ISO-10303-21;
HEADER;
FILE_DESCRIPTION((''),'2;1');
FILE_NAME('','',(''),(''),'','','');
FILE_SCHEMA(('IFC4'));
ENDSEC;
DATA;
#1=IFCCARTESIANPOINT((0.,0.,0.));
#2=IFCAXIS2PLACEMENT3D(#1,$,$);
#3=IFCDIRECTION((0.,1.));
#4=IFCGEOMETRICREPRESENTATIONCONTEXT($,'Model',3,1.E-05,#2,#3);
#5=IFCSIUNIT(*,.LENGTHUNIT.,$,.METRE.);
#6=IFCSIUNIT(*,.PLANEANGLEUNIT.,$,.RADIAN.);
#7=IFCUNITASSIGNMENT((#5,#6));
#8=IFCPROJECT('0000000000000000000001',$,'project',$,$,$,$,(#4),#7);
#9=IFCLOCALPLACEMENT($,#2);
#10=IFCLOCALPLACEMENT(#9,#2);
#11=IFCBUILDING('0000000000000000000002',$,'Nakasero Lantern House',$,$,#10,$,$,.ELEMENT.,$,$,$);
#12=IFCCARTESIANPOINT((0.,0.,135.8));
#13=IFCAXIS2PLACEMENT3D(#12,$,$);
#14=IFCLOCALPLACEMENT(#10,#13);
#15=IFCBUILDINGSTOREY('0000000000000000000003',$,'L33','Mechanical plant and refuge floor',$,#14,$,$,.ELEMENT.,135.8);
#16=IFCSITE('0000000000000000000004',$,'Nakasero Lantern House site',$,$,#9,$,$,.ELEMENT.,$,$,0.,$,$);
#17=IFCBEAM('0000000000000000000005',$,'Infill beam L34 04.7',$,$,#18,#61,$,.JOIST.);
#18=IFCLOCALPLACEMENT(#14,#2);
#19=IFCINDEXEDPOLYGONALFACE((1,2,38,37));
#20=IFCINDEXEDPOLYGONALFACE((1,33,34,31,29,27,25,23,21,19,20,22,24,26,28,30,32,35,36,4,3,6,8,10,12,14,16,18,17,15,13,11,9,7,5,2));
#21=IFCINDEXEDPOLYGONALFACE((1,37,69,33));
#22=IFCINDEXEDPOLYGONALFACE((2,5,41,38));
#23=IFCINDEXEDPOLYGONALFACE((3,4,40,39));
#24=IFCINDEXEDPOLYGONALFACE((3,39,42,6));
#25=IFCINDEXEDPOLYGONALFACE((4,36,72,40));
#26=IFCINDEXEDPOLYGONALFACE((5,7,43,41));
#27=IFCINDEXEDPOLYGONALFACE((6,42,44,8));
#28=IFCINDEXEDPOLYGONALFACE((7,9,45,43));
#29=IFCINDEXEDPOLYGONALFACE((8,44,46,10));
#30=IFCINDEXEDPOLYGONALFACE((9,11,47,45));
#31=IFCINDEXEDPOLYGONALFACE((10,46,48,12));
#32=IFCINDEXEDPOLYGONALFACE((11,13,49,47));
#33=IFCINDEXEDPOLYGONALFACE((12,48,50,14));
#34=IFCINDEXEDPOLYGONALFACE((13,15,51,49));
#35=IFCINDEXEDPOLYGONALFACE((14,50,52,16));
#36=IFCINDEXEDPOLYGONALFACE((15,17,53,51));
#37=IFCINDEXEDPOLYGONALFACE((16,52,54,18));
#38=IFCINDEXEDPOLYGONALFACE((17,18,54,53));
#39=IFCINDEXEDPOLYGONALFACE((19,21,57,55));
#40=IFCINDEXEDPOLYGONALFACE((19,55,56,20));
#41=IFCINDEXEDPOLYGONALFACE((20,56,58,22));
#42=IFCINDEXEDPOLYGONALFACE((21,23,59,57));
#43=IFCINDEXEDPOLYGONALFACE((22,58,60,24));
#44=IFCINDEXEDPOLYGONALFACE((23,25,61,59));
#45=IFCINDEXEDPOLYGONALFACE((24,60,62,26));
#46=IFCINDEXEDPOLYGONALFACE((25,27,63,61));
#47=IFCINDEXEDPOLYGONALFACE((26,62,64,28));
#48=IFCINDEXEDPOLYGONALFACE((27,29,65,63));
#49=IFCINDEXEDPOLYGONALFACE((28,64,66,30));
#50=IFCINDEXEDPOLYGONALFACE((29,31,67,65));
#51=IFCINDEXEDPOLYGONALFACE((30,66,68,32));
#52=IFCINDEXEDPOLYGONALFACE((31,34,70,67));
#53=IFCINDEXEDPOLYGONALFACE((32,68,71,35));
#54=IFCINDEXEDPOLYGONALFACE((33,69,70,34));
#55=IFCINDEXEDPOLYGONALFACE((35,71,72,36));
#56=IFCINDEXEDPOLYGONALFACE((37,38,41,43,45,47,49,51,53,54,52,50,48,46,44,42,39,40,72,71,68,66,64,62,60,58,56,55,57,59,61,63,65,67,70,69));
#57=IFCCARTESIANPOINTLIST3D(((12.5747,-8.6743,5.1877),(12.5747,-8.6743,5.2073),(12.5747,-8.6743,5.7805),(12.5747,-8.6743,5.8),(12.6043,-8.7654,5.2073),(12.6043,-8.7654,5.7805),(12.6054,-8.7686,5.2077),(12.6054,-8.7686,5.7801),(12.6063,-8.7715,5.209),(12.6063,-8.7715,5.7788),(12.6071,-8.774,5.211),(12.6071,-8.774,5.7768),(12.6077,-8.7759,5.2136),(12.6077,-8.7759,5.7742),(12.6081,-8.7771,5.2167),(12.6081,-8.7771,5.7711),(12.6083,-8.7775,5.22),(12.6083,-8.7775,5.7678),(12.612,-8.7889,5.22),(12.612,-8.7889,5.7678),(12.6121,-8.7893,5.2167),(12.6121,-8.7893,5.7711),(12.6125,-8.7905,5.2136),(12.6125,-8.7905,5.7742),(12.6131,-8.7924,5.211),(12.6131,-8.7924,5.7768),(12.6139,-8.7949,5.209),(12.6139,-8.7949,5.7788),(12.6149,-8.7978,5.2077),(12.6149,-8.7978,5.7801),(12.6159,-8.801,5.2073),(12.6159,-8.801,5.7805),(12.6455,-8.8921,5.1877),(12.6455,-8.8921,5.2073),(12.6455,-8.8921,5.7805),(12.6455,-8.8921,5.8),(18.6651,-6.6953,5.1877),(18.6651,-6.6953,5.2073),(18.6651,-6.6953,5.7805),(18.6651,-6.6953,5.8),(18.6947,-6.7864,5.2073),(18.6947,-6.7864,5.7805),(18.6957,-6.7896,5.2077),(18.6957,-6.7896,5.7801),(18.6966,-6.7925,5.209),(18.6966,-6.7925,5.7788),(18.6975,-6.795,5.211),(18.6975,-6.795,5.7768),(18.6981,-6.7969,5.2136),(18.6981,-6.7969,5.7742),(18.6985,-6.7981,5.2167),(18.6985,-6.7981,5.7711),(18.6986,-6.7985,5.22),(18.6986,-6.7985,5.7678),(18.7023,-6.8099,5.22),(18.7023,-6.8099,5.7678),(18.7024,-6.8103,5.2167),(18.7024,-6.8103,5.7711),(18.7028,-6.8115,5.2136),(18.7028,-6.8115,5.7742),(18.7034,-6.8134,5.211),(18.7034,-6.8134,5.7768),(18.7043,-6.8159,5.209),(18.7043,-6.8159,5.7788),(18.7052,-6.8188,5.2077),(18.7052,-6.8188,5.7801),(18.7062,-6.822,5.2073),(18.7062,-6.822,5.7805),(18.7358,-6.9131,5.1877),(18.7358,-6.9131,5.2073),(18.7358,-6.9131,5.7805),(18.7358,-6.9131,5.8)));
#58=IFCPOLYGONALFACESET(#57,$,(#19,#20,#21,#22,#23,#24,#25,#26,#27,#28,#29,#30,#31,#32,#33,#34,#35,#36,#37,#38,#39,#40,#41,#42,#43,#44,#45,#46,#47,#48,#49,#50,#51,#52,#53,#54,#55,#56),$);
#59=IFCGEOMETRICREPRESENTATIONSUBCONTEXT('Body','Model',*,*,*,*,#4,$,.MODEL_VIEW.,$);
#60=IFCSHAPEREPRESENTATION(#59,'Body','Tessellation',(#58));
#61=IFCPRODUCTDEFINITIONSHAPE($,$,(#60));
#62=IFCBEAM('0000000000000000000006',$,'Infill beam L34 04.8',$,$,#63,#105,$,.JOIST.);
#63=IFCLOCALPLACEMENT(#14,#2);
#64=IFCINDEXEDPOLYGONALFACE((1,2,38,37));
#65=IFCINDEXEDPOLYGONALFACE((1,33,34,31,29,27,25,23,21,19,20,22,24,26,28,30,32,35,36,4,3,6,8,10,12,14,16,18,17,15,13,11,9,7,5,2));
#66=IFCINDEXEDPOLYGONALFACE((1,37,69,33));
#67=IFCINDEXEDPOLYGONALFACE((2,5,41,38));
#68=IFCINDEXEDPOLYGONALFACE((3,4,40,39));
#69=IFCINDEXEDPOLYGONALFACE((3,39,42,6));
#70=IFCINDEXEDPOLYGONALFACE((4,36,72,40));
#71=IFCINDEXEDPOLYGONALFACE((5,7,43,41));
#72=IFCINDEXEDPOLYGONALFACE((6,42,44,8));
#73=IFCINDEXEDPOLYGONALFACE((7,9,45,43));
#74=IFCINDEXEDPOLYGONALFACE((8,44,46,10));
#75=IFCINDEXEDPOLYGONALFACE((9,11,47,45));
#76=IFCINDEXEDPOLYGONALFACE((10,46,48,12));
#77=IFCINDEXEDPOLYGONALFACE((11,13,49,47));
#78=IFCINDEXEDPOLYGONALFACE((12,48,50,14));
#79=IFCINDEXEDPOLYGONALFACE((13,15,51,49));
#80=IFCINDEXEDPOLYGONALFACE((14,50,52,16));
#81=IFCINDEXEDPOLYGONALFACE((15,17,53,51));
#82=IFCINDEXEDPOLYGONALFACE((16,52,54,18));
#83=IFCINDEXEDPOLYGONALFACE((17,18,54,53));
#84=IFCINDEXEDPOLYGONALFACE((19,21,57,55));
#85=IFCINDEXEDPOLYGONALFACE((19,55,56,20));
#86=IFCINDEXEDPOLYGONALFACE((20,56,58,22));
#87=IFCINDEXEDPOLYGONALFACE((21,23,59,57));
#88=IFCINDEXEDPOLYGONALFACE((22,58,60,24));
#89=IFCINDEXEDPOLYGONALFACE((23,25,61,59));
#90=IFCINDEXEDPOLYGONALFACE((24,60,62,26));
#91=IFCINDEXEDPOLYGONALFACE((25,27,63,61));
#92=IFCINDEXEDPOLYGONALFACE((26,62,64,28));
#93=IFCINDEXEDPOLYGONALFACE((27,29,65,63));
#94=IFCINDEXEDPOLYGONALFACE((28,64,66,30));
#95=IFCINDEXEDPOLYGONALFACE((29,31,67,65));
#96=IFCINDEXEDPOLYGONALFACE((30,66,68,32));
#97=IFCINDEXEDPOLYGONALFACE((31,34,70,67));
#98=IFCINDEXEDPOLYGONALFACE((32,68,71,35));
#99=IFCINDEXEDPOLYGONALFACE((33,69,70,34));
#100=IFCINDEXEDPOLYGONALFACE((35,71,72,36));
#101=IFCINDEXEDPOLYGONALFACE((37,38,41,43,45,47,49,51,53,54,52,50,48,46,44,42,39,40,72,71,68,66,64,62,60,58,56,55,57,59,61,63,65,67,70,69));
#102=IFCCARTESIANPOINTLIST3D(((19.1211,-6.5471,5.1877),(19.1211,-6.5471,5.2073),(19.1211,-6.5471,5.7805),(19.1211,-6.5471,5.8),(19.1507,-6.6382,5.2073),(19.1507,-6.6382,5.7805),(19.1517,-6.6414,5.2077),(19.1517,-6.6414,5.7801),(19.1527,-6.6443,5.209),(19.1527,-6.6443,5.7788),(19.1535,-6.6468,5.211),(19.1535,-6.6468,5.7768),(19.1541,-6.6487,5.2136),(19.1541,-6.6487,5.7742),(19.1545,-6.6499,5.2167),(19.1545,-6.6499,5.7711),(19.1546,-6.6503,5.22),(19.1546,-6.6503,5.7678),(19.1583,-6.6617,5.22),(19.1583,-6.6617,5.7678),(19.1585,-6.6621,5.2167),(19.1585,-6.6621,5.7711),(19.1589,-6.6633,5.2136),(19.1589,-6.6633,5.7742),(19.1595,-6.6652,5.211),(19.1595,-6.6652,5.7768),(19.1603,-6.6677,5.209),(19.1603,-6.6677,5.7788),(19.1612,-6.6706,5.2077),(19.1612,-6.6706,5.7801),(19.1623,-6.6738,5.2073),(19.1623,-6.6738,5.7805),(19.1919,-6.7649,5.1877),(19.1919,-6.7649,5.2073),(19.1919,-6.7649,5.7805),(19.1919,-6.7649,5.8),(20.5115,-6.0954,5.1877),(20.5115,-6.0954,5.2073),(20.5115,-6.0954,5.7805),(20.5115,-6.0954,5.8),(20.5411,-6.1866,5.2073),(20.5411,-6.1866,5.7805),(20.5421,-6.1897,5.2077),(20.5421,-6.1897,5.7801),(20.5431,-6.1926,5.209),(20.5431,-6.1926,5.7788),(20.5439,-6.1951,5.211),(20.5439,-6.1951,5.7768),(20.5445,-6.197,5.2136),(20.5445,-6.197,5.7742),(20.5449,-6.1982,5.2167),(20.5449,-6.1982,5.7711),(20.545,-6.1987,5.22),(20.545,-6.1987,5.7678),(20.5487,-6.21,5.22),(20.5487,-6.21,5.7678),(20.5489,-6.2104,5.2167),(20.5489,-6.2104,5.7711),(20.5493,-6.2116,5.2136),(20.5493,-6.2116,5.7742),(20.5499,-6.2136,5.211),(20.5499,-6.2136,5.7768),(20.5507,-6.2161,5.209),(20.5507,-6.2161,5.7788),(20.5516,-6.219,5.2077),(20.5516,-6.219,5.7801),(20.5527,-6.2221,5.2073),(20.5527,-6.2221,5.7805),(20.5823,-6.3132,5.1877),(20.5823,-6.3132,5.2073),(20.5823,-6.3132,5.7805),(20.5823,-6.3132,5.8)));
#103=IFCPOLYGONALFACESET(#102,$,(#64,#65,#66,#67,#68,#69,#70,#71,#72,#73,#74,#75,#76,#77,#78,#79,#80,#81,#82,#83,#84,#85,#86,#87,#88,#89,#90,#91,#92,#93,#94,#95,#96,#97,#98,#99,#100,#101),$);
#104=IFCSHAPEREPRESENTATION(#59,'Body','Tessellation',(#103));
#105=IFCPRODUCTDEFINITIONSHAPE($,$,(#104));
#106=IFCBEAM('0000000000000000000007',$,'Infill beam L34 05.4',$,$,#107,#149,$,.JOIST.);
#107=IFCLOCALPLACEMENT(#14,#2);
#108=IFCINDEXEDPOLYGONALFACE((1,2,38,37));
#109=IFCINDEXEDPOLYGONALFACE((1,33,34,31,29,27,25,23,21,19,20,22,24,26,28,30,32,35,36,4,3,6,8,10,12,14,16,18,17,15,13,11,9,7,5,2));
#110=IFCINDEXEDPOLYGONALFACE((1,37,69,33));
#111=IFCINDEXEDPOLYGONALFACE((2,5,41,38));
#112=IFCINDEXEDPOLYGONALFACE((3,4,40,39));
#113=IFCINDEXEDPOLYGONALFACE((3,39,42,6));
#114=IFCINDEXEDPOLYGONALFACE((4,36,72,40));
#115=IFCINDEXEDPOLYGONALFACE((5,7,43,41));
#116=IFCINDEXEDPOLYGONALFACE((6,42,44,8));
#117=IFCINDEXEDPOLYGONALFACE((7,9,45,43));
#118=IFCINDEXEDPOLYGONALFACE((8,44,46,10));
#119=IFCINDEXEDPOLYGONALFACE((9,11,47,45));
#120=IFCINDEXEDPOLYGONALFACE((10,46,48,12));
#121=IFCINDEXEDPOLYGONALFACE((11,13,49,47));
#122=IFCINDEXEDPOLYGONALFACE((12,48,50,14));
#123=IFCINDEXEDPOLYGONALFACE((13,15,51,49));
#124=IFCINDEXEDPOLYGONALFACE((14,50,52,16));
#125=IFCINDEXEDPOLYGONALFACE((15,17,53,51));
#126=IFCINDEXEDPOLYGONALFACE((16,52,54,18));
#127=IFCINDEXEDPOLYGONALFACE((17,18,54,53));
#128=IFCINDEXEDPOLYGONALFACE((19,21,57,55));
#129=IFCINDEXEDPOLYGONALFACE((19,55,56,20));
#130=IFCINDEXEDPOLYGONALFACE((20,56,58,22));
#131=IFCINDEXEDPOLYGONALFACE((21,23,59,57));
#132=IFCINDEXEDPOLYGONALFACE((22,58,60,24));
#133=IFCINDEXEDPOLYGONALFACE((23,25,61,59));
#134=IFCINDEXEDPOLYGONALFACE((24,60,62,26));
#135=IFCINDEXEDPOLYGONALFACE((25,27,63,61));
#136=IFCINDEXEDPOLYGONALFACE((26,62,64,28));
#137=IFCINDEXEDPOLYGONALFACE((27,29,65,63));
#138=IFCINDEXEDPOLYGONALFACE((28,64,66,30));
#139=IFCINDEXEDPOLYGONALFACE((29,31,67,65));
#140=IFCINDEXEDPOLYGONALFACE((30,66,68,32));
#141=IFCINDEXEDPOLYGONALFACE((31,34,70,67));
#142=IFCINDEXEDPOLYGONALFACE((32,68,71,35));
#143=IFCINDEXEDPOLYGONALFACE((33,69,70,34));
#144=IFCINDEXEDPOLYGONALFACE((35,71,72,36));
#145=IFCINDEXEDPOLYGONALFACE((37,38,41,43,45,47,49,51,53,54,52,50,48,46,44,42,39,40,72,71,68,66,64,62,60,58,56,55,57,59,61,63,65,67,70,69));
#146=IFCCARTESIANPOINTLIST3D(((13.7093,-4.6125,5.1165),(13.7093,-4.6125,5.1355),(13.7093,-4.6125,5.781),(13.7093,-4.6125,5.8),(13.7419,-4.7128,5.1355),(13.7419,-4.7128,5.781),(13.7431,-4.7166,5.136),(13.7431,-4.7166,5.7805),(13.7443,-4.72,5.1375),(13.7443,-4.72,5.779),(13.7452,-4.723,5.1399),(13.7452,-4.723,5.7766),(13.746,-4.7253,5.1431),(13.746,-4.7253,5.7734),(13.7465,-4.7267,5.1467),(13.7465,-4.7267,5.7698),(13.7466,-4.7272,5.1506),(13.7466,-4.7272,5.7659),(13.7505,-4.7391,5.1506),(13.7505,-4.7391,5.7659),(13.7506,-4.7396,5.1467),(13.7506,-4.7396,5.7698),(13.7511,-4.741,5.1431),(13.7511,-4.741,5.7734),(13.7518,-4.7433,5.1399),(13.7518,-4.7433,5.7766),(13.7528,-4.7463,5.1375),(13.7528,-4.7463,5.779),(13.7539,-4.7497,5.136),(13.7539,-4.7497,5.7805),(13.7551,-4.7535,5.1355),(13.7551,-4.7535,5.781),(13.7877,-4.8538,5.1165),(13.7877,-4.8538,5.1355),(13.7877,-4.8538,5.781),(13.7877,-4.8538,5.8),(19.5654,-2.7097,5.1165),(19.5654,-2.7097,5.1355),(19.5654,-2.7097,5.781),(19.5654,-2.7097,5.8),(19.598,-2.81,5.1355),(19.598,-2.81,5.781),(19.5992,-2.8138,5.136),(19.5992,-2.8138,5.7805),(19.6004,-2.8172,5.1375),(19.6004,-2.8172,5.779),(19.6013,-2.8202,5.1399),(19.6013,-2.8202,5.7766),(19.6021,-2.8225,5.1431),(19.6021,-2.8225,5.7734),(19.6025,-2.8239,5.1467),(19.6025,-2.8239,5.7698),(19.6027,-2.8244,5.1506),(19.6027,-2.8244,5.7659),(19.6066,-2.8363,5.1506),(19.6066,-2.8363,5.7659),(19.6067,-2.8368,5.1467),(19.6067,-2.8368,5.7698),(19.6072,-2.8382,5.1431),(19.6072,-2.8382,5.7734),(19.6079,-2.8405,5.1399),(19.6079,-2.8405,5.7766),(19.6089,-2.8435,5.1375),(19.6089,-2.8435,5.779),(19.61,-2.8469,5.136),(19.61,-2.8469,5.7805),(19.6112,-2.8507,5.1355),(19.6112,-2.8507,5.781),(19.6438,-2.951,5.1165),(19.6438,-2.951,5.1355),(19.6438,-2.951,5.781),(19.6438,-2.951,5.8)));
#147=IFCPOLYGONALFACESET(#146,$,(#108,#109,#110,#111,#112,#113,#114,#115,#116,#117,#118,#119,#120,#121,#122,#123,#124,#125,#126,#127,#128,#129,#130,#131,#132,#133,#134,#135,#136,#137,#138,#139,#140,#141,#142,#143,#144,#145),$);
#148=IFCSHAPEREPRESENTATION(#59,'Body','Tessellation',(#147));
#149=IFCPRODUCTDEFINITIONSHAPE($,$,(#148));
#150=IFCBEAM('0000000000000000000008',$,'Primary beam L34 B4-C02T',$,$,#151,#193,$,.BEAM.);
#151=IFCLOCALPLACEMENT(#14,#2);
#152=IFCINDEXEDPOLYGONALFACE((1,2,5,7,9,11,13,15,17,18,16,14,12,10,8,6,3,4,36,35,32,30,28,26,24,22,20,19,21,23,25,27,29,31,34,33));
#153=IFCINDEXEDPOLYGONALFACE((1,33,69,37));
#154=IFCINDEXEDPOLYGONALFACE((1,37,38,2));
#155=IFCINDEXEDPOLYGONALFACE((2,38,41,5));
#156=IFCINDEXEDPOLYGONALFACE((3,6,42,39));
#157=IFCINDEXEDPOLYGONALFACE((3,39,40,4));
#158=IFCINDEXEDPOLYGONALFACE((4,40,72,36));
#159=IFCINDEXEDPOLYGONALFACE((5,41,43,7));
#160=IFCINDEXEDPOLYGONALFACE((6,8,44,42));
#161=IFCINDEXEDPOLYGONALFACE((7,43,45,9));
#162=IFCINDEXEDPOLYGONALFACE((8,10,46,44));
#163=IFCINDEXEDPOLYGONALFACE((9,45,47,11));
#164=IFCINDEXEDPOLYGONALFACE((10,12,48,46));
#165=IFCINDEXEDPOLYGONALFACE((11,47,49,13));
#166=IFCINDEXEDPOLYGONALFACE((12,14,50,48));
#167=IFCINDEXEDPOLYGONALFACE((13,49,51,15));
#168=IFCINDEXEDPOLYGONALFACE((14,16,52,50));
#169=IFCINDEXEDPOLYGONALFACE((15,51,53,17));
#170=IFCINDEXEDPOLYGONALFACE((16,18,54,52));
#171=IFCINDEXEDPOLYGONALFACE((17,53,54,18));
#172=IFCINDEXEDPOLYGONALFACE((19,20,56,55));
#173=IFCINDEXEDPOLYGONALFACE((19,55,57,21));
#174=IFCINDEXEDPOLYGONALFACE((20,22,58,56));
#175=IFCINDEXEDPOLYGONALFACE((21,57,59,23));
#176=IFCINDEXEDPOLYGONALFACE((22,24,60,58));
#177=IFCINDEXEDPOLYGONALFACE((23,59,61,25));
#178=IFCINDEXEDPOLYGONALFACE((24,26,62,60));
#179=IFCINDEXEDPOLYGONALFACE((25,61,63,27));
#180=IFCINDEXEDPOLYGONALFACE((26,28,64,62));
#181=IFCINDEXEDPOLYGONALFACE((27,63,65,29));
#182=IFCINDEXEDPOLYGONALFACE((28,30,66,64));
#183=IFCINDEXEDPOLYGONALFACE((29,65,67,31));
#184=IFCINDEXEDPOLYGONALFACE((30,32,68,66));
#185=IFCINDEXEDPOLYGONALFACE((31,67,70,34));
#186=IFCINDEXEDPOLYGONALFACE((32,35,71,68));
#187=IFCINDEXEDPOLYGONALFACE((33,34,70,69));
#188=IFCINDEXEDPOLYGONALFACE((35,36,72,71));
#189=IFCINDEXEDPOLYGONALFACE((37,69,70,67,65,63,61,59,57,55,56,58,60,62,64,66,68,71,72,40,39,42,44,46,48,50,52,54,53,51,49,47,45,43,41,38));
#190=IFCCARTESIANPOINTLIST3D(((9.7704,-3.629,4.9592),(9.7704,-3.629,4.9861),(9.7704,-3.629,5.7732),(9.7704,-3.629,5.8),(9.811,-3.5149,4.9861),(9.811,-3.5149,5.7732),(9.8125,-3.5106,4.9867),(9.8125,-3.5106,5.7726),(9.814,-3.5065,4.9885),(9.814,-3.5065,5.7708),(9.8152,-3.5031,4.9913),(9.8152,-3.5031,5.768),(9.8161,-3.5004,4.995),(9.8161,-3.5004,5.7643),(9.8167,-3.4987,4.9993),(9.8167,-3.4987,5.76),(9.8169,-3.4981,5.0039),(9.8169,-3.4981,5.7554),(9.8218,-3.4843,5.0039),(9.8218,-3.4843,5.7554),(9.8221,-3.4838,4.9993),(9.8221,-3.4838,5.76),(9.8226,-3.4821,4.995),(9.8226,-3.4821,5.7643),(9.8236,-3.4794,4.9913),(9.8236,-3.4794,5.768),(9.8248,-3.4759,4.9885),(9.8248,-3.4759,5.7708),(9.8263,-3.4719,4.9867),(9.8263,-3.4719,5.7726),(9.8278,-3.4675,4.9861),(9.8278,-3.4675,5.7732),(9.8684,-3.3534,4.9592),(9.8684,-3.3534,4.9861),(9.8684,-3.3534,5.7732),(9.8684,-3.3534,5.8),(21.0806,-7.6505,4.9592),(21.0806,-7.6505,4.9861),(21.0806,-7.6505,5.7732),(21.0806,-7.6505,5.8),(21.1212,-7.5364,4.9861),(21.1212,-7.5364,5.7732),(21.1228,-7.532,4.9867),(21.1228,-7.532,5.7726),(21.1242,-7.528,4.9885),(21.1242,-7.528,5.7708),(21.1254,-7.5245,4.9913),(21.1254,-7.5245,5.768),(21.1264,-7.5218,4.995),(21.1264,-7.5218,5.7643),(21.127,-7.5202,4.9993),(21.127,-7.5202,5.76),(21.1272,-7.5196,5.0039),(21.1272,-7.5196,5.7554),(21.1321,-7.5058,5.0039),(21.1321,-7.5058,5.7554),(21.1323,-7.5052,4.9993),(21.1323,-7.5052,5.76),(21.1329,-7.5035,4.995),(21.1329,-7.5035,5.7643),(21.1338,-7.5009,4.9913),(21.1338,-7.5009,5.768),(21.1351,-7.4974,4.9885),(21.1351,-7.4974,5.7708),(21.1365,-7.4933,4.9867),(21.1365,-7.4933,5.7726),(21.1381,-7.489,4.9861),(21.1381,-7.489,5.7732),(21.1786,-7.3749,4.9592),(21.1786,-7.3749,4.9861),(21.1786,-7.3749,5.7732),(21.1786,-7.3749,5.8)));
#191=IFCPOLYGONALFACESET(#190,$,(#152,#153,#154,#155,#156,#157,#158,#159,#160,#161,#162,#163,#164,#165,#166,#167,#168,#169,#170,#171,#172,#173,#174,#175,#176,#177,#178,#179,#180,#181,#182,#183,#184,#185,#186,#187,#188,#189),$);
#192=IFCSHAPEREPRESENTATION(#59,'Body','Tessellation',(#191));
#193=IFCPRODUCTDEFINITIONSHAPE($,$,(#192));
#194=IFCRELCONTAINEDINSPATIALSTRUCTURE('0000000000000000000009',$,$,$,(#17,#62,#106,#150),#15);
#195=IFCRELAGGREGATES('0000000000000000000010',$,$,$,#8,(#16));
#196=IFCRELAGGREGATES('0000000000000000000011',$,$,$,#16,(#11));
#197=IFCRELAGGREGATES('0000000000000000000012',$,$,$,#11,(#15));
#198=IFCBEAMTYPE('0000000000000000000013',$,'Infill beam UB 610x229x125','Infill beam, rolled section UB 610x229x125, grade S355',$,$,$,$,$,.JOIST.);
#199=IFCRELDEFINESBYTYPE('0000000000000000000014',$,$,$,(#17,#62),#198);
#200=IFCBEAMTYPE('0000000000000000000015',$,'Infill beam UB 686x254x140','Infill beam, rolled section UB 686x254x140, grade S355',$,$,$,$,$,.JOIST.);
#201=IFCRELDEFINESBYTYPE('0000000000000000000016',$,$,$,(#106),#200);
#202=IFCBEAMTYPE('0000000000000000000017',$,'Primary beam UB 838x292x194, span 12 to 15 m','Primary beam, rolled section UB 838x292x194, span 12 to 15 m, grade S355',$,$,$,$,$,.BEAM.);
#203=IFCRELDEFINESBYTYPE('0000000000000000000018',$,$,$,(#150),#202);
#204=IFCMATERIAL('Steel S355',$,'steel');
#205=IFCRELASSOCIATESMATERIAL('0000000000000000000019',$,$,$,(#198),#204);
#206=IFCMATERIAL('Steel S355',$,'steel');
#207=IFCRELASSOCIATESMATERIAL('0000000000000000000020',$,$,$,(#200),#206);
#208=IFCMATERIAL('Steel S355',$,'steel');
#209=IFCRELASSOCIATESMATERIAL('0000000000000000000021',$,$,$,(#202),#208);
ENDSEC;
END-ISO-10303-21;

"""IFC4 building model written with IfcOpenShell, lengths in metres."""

from ifc_helpers import new_model, si_unit, direction, frame, origin, origin_2d, place, context, subcontext, project, spatial, i_section, extrude, material, material_profile, profile_set, type_object, element, save


model = new_model("IFC4")

# Units and contexts
model_context = context("Model", 3, precision=1e-05, world=origin(), true_north=direction((0.0, 1.0)))
body_context = subcontext(model_context, "Body", "Model", "MODEL_VIEW")
ifc_project = project(units=[si_unit("LENGTHUNIT", "METRE"), si_unit("PLANEANGLEUNIT", "RADIAN")], contexts=[model_context])

# Site, building, storey
site_placement = place(None, origin())
site = spatial("IfcSite", under=ifc_project, at=site_placement, Name="Nakasero Lantern House site", CompositionType="ELEMENT", RefElevation=0.0)
building_placement = place(site_placement, origin())
building = spatial("IfcBuilding", under=site, at=building_placement, Name="Nakasero Lantern House", CompositionType="ELEMENT")
storey_placement = place(building_placement, frame((0.0, 0.0, 135.8)))
storey = spatial("IfcBuildingStorey", under=building, at=storey_placement, Name="L33", Description="Mechanical plant and refuge floor", CompositionType="ELEMENT", Elevation=135.8)

# Beams
ifc_material_1 = material(Name="Steel S355", Category="steel")
ifc_material_profile_1 = material_profile(ifc_material_1, i_section(OverallWidth=0.229, OverallDepth=0.6123, WebThickness=0.012, FlangeThickness=0.0195, FilletRadius=0.0127, at=origin_2d()), Name="UB 610x229x125")
ifc_profile_set_1 = profile_set([ifc_material_profile_1], Name="Steel S355")
beam_type_1 = type_object("IfcBeamType", Name="Infill beam UB 610x229x125", Description="Infill beam, rolled section UB 610x229x125, grade S355", PredefinedType="JOIST", material=ifc_profile_set_1)
beam_1_placement = place(storey_placement, frame((12.6101, -8.7832, 5.4939), z_axis=(0.95105, 0.309036, 0.0), x_axis=(-0.309036, 0.95105, 0.0)))
element("IfcBeam", 1, at=beam_1_placement, inside=storey, type_object=beam_type_1, Name="Infill beam L34 04.7", PredefinedType="JOIST", context=body_context, shape_type="SweptSolid", body=[
    extrude(i_section(OverallWidth=0.229, OverallDepth=0.6123, WebThickness=0.012, FlangeThickness=0.0195, FilletRadius=0.0127, at=origin_2d()), origin(), (0.0, 0.0, 1.0), 6.4038),
])
beam_2_placement = place(storey_placement, frame((19.1565, -6.656, 5.4939), z_axis=(0.951077, 0.308954, 0.0), x_axis=(-0.308954, 0.951077, 0.0)))
element("IfcBeam", 2, at=beam_2_placement, inside=storey, type_object=beam_type_1, Name="Infill beam L34 04.8", PredefinedType="JOIST", context=body_context, shape_type="SweptSolid", body=[
    extrude(i_section(OverallWidth=0.229, OverallDepth=0.6123, WebThickness=0.012, FlangeThickness=0.0195, FilletRadius=0.0127, at=origin_2d()), origin(), (0.0, 0.0, 1.0), 1.4619),
])
ifc_material_2 = material(Name="Steel S355", Category="steel")
ifc_material_profile_2 = material_profile(ifc_material_2, i_section(OverallWidth=0.2537, OverallDepth=0.6836, WebThickness=0.0125, FlangeThickness=0.019, FilletRadius=0.0151, at=origin_2d()), Name="UB 686x254x140")
ifc_profile_set_2 = profile_set([ifc_material_profile_2], Name="Steel S355")
beam_type_2 = type_object("IfcBeamType", Name="Infill beam UB 686x254x140", Description="Infill beam, rolled section UB 686x254x140, grade S355", PredefinedType="JOIST", material=ifc_profile_set_2)
beam_3_placement = place(storey_placement, frame((13.7485, -4.7332, 5.4583), z_axis=(0.951055, 0.309022, 0.0), x_axis=(-0.309022, 0.951055, 0.0)))
element("IfcBeam", 3, at=beam_3_placement, inside=storey, type_object=beam_type_2, Name="Infill beam L34 05.4", PredefinedType="JOIST", context=body_context, shape_type="SweptSolid", body=[
    extrude(i_section(OverallWidth=0.2537, OverallDepth=0.6836, WebThickness=0.0125, FlangeThickness=0.019, FilletRadius=0.0151, at=origin_2d()), origin(), (0.0, 0.0, 1.0), 6.1575),
])
ifc_material_3 = material(Name="Steel S355", Category="steel")
ifc_material_profile_3 = material_profile(ifc_material_3, i_section(OverallWidth=0.2925, OverallDepth=0.8408, WebThickness=0.0146, FlangeThickness=0.0269, FilletRadius=0.0178, at=origin_2d()), Name="UB 838x292x194")
ifc_profile_set_3 = profile_set([ifc_material_profile_3], Name="Steel S355")
beam_type_3 = type_object("IfcBeamType", Name="Primary beam UB 838x292x194, span 12 to 15 m", Description="Primary beam, rolled section UB 838x292x194, span 12 to 15 m, grade S355", PredefinedType="BEAM", material=ifc_profile_set_3)
beam_4_placement = place(storey_placement, frame((21.1296, -7.5127, 5.3796), z_axis=(-0.942214, 0.335013, 0.0), x_axis=(-0.335013, -0.942214, 0.0)))
element("IfcBeam", 4, at=beam_4_placement, inside=storey, type_object=beam_type_3, Name="Primary beam L34 B4-C02T", PredefinedType="BEAM", context=body_context, shape_type="SweptSolid", body=[
    extrude(i_section(OverallWidth=0.2925, OverallDepth=0.8408, WebThickness=0.0146, FlangeThickness=0.0269, FilletRadius=0.0178, at=origin_2d()), origin(), (0.0, 0.0, 1.0), 12.0039),
])

save(model, "model.ifc")
